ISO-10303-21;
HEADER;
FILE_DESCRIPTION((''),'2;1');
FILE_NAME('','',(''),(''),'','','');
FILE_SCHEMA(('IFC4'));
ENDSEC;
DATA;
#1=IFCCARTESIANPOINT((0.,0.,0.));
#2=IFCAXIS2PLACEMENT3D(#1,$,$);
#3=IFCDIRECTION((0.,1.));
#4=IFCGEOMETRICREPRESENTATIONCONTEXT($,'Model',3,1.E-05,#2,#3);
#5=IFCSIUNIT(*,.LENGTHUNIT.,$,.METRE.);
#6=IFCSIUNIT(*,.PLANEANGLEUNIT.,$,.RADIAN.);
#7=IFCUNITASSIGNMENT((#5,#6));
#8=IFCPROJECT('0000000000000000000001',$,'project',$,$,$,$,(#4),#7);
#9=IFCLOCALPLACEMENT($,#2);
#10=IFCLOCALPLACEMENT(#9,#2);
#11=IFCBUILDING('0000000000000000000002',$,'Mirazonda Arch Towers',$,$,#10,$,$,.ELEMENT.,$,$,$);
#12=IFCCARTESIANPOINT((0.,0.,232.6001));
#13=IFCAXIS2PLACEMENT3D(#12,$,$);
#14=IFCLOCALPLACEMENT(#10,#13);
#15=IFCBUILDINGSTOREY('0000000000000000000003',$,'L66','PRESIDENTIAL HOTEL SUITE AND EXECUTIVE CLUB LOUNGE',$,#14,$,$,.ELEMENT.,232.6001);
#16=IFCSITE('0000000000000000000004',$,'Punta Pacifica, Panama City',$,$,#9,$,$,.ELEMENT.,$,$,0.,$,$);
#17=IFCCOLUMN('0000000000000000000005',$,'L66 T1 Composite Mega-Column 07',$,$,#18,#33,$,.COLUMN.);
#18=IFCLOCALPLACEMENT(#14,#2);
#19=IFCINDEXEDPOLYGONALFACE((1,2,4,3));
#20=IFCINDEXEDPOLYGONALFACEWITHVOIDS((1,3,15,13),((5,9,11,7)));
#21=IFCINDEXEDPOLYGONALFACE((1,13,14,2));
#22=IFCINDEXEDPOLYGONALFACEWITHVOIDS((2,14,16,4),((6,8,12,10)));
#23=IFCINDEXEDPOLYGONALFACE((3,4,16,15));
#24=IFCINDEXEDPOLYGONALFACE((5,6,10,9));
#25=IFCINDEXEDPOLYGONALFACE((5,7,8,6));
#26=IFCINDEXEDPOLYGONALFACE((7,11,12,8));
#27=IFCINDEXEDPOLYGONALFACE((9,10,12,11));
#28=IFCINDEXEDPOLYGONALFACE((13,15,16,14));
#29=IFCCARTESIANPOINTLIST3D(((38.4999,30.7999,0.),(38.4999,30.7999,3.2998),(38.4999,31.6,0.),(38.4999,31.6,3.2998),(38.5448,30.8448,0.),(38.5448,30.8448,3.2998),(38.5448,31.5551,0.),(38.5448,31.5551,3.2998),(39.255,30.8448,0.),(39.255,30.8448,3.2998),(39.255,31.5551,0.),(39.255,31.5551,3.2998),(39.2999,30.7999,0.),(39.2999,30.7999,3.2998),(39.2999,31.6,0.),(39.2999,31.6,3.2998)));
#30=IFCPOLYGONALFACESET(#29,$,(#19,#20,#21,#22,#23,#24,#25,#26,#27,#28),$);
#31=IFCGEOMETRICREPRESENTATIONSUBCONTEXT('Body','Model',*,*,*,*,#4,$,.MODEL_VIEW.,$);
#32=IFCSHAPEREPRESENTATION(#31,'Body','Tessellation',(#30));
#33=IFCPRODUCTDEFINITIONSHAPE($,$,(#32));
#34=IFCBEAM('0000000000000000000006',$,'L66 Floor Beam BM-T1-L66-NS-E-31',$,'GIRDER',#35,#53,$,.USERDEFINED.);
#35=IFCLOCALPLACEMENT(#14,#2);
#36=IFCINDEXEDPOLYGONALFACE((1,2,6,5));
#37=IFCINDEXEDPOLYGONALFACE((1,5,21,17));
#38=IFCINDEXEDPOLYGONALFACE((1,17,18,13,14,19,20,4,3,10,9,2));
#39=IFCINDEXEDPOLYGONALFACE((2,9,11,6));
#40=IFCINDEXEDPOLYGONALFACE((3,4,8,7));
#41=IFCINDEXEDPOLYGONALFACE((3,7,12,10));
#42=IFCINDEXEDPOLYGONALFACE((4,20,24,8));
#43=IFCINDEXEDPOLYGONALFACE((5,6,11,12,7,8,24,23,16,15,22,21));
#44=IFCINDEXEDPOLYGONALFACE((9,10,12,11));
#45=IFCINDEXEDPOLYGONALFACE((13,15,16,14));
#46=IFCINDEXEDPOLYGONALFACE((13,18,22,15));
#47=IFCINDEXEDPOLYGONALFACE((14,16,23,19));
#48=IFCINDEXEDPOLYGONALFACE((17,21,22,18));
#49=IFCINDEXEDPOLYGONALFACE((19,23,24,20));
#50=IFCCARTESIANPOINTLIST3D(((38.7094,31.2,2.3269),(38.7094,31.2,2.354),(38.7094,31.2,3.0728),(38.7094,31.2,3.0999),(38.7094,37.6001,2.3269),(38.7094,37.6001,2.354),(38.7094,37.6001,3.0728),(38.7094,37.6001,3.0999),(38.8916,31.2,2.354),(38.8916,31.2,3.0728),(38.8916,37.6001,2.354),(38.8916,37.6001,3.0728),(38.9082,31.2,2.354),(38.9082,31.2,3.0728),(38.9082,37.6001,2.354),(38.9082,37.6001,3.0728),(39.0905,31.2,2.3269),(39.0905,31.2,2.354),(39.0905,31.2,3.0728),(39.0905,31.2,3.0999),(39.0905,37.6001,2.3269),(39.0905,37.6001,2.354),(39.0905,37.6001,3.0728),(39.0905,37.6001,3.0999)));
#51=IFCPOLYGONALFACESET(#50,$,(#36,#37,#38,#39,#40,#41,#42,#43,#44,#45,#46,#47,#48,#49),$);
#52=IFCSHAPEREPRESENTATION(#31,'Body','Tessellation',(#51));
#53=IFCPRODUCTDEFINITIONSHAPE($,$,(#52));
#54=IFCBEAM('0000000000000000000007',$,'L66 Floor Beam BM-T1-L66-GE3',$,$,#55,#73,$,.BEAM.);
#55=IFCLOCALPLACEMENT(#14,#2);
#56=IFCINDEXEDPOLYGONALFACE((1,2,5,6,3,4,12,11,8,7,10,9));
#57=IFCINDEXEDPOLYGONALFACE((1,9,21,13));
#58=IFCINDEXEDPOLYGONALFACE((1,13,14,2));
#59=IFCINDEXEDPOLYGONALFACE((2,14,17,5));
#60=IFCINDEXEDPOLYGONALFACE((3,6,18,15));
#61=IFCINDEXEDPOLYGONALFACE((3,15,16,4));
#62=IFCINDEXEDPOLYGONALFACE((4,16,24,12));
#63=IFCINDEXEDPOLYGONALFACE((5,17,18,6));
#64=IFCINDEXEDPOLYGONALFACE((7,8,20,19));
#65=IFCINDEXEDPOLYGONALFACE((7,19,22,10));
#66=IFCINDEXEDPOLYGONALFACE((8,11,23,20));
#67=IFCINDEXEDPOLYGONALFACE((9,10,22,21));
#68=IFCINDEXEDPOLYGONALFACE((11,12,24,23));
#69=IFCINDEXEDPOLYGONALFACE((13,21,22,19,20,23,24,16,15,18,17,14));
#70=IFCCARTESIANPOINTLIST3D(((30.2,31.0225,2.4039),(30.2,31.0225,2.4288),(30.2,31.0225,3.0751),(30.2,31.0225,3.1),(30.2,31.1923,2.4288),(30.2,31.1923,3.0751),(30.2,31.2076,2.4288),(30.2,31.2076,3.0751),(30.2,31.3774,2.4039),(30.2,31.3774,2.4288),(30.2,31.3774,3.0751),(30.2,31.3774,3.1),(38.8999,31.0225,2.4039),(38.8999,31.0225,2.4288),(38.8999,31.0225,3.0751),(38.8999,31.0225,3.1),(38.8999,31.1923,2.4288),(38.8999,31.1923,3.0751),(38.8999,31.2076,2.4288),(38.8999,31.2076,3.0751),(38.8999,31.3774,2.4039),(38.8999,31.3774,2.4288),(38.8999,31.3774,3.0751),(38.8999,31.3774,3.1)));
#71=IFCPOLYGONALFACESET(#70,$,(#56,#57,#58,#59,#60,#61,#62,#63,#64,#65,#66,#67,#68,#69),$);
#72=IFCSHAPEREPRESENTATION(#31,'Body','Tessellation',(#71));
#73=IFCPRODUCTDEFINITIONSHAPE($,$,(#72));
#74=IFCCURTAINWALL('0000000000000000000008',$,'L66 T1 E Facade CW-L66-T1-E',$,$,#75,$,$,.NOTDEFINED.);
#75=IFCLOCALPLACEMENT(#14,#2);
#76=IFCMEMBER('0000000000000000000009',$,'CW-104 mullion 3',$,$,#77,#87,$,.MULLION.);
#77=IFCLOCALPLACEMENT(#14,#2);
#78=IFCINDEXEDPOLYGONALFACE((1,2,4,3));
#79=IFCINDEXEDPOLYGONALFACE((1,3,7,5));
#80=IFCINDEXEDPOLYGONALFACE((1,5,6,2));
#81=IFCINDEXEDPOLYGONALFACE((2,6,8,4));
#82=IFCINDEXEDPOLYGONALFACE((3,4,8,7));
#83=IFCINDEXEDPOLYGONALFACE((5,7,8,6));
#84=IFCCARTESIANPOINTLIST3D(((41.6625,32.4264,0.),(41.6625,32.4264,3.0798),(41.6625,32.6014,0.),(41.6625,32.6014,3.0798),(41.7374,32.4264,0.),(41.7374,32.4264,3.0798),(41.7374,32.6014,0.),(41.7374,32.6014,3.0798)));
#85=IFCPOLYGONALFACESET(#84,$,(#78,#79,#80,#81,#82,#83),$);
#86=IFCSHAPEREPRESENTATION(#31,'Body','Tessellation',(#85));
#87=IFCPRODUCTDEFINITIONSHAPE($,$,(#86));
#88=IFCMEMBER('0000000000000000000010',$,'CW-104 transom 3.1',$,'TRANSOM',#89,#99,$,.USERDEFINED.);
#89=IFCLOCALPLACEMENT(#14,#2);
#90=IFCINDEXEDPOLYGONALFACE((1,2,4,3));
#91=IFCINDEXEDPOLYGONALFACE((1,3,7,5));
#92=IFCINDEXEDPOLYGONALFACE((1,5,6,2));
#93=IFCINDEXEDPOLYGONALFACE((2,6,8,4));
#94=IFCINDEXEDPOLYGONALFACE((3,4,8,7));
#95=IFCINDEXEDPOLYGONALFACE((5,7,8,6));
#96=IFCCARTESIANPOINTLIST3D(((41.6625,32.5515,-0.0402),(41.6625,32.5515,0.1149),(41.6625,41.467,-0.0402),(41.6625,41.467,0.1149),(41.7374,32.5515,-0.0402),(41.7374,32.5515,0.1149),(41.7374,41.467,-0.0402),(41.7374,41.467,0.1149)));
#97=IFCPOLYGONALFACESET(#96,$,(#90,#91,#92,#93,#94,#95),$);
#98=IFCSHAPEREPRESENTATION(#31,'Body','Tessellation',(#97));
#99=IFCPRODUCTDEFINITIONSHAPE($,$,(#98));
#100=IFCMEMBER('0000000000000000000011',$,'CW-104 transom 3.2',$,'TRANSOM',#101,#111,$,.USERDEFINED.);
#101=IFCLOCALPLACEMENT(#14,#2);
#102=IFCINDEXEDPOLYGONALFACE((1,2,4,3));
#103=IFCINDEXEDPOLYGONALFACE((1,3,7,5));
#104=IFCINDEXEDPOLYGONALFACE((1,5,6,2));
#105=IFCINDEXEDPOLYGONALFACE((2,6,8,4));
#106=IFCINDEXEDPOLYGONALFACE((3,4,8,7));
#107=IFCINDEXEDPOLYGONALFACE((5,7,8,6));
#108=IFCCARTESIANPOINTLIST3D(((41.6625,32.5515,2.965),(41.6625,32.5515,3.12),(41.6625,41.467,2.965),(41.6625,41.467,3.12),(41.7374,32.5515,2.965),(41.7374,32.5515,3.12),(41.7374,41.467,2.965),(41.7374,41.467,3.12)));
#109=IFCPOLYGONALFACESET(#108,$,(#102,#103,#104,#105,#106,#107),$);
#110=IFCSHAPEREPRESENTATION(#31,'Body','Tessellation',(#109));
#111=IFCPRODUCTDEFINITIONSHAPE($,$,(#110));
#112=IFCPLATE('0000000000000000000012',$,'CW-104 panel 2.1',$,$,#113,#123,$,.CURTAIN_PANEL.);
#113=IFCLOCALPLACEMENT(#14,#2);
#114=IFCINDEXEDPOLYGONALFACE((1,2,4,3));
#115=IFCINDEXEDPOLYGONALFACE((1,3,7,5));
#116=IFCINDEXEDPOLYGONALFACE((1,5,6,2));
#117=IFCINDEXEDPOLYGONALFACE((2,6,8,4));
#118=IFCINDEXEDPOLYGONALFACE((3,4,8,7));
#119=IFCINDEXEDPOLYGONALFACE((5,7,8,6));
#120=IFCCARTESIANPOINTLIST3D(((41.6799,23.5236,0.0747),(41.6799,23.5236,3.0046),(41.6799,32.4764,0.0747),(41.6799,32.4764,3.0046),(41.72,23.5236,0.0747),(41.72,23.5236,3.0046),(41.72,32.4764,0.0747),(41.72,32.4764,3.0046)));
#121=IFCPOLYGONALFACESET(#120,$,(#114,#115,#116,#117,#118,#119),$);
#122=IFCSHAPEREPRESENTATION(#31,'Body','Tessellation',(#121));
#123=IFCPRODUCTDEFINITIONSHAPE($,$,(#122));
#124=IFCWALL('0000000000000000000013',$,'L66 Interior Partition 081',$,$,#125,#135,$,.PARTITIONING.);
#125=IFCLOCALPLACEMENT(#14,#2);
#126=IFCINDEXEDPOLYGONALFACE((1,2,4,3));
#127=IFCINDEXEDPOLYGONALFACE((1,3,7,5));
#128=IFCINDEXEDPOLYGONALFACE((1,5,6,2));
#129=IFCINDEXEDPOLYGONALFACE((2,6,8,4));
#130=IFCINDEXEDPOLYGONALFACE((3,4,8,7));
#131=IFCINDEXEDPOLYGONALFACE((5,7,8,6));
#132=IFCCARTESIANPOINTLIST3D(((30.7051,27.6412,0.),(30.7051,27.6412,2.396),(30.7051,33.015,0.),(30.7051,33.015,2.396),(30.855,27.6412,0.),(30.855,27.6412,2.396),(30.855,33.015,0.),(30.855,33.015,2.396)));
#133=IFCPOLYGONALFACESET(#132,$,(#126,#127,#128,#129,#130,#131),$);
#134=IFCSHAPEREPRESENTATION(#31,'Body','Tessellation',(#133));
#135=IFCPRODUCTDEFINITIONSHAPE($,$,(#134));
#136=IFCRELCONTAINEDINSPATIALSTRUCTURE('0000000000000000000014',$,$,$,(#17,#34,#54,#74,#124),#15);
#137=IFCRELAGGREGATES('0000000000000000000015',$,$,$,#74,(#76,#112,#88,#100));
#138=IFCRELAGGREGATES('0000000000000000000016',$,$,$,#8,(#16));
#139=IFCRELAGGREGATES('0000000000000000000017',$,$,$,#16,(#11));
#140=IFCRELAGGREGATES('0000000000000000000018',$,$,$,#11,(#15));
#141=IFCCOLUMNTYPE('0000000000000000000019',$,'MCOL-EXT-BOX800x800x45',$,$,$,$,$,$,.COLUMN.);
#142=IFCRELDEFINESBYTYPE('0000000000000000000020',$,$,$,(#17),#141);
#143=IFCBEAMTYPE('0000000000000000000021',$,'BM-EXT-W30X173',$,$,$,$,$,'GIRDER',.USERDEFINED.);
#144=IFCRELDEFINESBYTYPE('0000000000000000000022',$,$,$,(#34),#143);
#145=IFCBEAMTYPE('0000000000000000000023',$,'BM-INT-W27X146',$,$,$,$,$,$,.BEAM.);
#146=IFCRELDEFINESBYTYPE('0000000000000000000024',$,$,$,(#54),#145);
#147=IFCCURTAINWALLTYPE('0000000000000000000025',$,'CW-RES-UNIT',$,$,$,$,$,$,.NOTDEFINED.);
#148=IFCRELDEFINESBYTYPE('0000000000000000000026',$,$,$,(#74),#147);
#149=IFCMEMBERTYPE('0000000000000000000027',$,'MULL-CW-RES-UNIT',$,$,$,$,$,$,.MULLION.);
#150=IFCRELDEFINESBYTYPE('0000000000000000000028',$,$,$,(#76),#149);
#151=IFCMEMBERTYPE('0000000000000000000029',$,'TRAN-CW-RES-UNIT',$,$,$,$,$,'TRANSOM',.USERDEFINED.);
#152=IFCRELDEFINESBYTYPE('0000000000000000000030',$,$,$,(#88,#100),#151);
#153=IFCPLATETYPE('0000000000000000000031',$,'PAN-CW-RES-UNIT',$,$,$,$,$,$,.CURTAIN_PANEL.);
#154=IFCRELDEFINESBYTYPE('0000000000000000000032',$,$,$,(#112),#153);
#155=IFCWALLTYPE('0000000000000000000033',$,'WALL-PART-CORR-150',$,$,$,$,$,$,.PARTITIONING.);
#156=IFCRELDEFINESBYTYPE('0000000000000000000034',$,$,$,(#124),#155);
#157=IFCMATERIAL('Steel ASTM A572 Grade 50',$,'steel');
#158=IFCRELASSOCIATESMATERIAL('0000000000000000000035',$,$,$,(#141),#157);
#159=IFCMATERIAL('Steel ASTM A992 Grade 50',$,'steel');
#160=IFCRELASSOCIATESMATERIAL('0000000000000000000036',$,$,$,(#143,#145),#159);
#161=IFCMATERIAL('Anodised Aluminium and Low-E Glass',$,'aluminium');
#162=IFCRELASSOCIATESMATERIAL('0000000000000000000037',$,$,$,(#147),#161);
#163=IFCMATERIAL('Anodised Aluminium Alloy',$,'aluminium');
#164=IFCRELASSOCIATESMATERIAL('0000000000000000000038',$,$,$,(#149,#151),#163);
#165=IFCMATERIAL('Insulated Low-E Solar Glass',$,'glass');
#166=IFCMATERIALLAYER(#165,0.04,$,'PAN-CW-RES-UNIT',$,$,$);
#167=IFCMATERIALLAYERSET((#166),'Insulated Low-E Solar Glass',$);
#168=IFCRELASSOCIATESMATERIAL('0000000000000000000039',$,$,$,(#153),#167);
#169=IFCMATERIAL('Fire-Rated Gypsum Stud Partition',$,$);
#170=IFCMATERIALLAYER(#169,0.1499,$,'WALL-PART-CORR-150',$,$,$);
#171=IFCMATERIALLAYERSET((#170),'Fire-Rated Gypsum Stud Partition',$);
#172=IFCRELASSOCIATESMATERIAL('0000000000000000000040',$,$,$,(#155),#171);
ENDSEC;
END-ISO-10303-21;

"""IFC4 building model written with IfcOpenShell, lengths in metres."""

from ifc_helpers import new_model, si_unit, direction, frame, frame_2d, origin, origin_2d, place, context, subcontext, project, spatial, rectangle, hollow_rectangle, i_section, extrude, material, layer, layer_set, material_profile, profile_set, type_object, element, aggregate, save


model = new_model("IFC4")

# Units and contexts
model_context = context("Model", 3, precision=1e-05, world=origin(), true_north=direction((0.0, 1.0)))
body_context = subcontext(model_context, "Body", "Model", "MODEL_VIEW")
ifc_project = project(units=[si_unit("LENGTHUNIT", "METRE"), si_unit("PLANEANGLEUNIT", "RADIAN")], contexts=[model_context])

# Site, building, storey
site_placement = place(None, origin())
site = spatial("IfcSite", under=ifc_project, at=site_placement, Name="Punta Pacifica, Panama City", CompositionType="ELEMENT", RefElevation=0.0)
building_placement = place(site_placement, origin())
building = spatial("IfcBuilding", under=site, at=building_placement, Name="Mirazonda Arch Towers", CompositionType="ELEMENT")
storey_placement = place(building_placement, frame((0.0, 0.0, 232.6001)))
storey = spatial("IfcBuildingStorey", under=building, at=storey_placement, Name="L66", Description="PRESIDENTIAL HOTEL SUITE AND EXECUTIVE CLUB LOUNGE", CompositionType="ELEMENT", Elevation=232.6001)

# Column
ifc_material_1 = material(Name="Steel ASTM A572 Grade 50", Category="steel")
ifc_material_profile_1 = material_profile(ifc_material_1, hollow_rectangle(XDim=0.8, YDim=0.8, WallThickness=0.0449, at=origin_2d()), Name="BOX800x800x45")
ifc_profile_set_1 = profile_set([ifc_material_profile_1], Name="Steel ASTM A572 Grade 50")
column_type = type_object("IfcColumnType", Name="MCOL-EXT-BOX800x800x45", PredefinedType="COLUMN", material=ifc_profile_set_1)
column_placement = place(storey_placement, frame((38.8999, 31.2, 0.0), z_axis=(0.0, 0.0, 1.0), x_axis=(1.0, 0.0, 0.0)))
element("IfcColumn", 1, at=column_placement, inside=storey, type_object=column_type, Name="L66 T1 Composite Mega-Column 07", PredefinedType="COLUMN", context=body_context, shape_type="SweptSolid", body=[
    extrude(hollow_rectangle(XDim=0.8, YDim=0.8, WallThickness=0.0449, at=origin_2d()), origin(), (0.0, 0.0, 1.0), 3.2998),
])

# Beams
ifc_material_2 = material(Name="Steel ASTM A992 Grade 50", Category="steel")
ifc_material_profile_2 = material_profile(ifc_material_2, i_section(OverallWidth=0.3811, OverallDepth=0.7729, WebThickness=0.0166, FlangeThickness=0.0271, at=origin_2d()), Name="W30X173")
ifc_profile_set_2 = profile_set([ifc_material_profile_2], Name="Steel ASTM A992 Grade 50")
beam_type_1 = type_object("IfcBeamType", Name="BM-EXT-W30X173", ElementType="GIRDER", PredefinedType="USERDEFINED", material=ifc_profile_set_2)
beam_1_placement = place(storey_placement, frame((38.8999, 31.2, 2.7134), z_axis=(0.0, 1.0, 0.0), x_axis=(-1.0, 0.0, 0.0)))
element("IfcBeam", 2, at=beam_1_placement, inside=storey, type_object=beam_type_1, Name="L66 Floor Beam BM-T1-L66-NS-E-31", ObjectType="GIRDER", PredefinedType="USERDEFINED", context=body_context, shape_type="SweptSolid", body=[
    extrude(i_section(OverallWidth=0.3811, OverallDepth=0.7729, WebThickness=0.0166, FlangeThickness=0.0271, at=origin_2d()), origin(), (0.0, 0.0, 1.0), 6.4001),
])
ifc_material_profile_3 = material_profile(ifc_material_2, i_section(OverallWidth=0.355, OverallDepth=0.696, WebThickness=0.0154, FlangeThickness=0.0249, at=origin_2d()), Name="W27X146")
ifc_profile_set_3 = profile_set([ifc_material_profile_3], Name="Steel ASTM A992 Grade 50")
beam_type_2 = type_object("IfcBeamType", Name="BM-INT-W27X146", PredefinedType="BEAM", material=ifc_profile_set_3)
beam_2_placement = place(storey_placement, frame((30.2, 31.2, 2.752), z_axis=(1.0, 0.0, 0.0), x_axis=(0.0, 1.0, 0.0)))
element("IfcBeam", 3, at=beam_2_placement, inside=storey, type_object=beam_type_2, Name="L66 Floor Beam BM-T1-L66-GE3", PredefinedType="BEAM", context=body_context, shape_type="SweptSolid", body=[
    extrude(i_section(OverallWidth=0.355, OverallDepth=0.696, WebThickness=0.0154, FlangeThickness=0.0249, at=origin_2d()), origin(), (0.0, 0.0, 1.0), 8.7),
])

# Curtain wall, members, plate
ifc_material_3 = material(Name="Anodised Aluminium and Low-E Glass", Category="aluminium")
curtain_wall_type = type_object("IfcCurtainWallType", Name="CW-RES-UNIT", PredefinedType="NOTDEFINED", material=ifc_material_3)
curtain_wall_placement = place(storey_placement, origin())
curtain_wall = element("IfcCurtainWall", 4, at=curtain_wall_placement, inside=storey, type_object=curtain_wall_type, Name="L66 T1 E Facade CW-L66-T1-E", PredefinedType="NOTDEFINED")
ifc_material_4 = material(Name="Anodised Aluminium Alloy", Category="aluminium")
ifc_material_profile_4 = material_profile(ifc_material_4, rectangle(XDim=0.075, YDim=0.175, at=origin_2d()), Name="ALU-MULL-75x175")
ifc_profile_set_4 = profile_set([ifc_material_profile_4], Name="Anodised Aluminium Alloy")
member_type_1 = type_object("IfcMemberType", Name="MULL-CW-RES-UNIT", PredefinedType="MULLION", material=ifc_profile_set_4)
member_1_placement = place(storey_placement, frame((41.7, 32.5139, 0.0), z_axis=(0.0, 0.0, 1.0), x_axis=(-1.0, 0.0, 0.0)))
member_1 = element("IfcMember", 5, at=member_1_placement, type_object=member_type_1, Name="CW-104 mullion 3", PredefinedType="MULLION", context=body_context, shape_type="SweptSolid", body=[
    extrude(rectangle(XDim=0.075, YDim=0.175, at=origin_2d()), origin(), (0.0, 0.0, 1.0), 3.0798),
])
ifc_material_profile_5 = material_profile(ifc_material_4, rectangle(XDim=0.075, YDim=0.155, at=origin_2d()), Name="ALU-TRAN-75x155")
ifc_profile_set_5 = profile_set([ifc_material_profile_5], Name="Anodised Aluminium Alloy")
member_type_2 = type_object("IfcMemberType", Name="TRAN-CW-RES-UNIT", ElementType="TRANSOM", PredefinedType="USERDEFINED", material=ifc_profile_set_5)
member_2_placement = place(storey_placement, frame((41.7, 32.5515, 0.0374), z_axis=(0.0, 1.0, 0.0), x_axis=(-1.0, 0.0, 0.0)))
member_2 = element("IfcMember", 6, at=member_2_placement, type_object=member_type_2, Name="CW-104 transom 3.1", ObjectType="TRANSOM", PredefinedType="USERDEFINED", context=body_context, shape_type="SweptSolid", body=[
    extrude(rectangle(XDim=0.075, YDim=0.155, at=origin_2d()), origin(), (0.0, 0.0, 1.0), 8.9155),
])
member_3_placement = place(storey_placement, frame((41.7, 32.5515, 3.0425), z_axis=(0.0, 1.0, 0.0), x_axis=(-1.0, 0.0, 0.0)))
member_3 = element("IfcMember", 7, at=member_3_placement, type_object=member_type_2, Name="CW-104 transom 3.2", ObjectType="TRANSOM", PredefinedType="USERDEFINED", context=body_context, shape_type="SweptSolid", body=[
    extrude(rectangle(XDim=0.075, YDim=0.155, at=origin_2d()), origin(), (0.0, 0.0, 1.0), 8.9155),
])
ifc_material_5 = material(Name="Insulated Low-E Solar Glass", Category="glass")
ifc_layer_1 = layer(ifc_material_5, 0.04, Name="PAN-CW-RES-UNIT")
ifc_layer_set_1 = layer_set([ifc_layer_1], Name="Insulated Low-E Solar Glass")
plate_type = type_object("IfcPlateType", Name="PAN-CW-RES-UNIT", PredefinedType="CURTAIN_PANEL", material=ifc_layer_set_1)
plate_placement = place(storey_placement, frame((41.7, 28.0, 0.0747), z_axis=(0.0, 0.0, 1.0), x_axis=(0.0, 1.0, 0.0)))
plate = element("IfcPlate", 8, at=plate_placement, type_object=plate_type, Name="CW-104 panel 2.1", PredefinedType="CURTAIN_PANEL", context=body_context, shape_type="SweptSolid", body=[
    extrude(rectangle(XDim=8.9529, YDim=0.04, at=origin_2d()), origin(), (0.0, 0.0, 1.0), 2.9299),
])
aggregate(curtain_wall, [member_1, plate, member_2, member_3])

# Wall
ifc_material_6 = material(Name="Fire-Rated Gypsum Stud Partition")
ifc_layer_2 = layer(ifc_material_6, 0.1499, Name="WALL-PART-CORR-150")
ifc_layer_set_2 = layer_set([ifc_layer_2], Name="Fire-Rated Gypsum Stud Partition")
wall_type_1 = type_object("IfcWallType", Name="WALL-PART-CORR-150", PredefinedType="PARTITIONING", material=ifc_layer_set_2)
wall_1_placement = place(storey_placement, frame((30.78, 27.6411, 0.0), z_axis=(0.0, 0.0, 1.0), x_axis=(0.0, 1.0, 0.0)))
element("IfcWall", 9, at=wall_1_placement, inside=storey, type_object=wall_type_1, Name="L66 Interior Partition 081", PredefinedType="PARTITIONING", context=body_context, shape_type="SweptSolid", body=[
    extrude(rectangle(XDim=5.3738, YDim=0.1499, at=frame_2d((2.687, 0.0))), origin(), (0.0, 0.0, 1.0), 2.396),
])

save(model, "model.ifc")
